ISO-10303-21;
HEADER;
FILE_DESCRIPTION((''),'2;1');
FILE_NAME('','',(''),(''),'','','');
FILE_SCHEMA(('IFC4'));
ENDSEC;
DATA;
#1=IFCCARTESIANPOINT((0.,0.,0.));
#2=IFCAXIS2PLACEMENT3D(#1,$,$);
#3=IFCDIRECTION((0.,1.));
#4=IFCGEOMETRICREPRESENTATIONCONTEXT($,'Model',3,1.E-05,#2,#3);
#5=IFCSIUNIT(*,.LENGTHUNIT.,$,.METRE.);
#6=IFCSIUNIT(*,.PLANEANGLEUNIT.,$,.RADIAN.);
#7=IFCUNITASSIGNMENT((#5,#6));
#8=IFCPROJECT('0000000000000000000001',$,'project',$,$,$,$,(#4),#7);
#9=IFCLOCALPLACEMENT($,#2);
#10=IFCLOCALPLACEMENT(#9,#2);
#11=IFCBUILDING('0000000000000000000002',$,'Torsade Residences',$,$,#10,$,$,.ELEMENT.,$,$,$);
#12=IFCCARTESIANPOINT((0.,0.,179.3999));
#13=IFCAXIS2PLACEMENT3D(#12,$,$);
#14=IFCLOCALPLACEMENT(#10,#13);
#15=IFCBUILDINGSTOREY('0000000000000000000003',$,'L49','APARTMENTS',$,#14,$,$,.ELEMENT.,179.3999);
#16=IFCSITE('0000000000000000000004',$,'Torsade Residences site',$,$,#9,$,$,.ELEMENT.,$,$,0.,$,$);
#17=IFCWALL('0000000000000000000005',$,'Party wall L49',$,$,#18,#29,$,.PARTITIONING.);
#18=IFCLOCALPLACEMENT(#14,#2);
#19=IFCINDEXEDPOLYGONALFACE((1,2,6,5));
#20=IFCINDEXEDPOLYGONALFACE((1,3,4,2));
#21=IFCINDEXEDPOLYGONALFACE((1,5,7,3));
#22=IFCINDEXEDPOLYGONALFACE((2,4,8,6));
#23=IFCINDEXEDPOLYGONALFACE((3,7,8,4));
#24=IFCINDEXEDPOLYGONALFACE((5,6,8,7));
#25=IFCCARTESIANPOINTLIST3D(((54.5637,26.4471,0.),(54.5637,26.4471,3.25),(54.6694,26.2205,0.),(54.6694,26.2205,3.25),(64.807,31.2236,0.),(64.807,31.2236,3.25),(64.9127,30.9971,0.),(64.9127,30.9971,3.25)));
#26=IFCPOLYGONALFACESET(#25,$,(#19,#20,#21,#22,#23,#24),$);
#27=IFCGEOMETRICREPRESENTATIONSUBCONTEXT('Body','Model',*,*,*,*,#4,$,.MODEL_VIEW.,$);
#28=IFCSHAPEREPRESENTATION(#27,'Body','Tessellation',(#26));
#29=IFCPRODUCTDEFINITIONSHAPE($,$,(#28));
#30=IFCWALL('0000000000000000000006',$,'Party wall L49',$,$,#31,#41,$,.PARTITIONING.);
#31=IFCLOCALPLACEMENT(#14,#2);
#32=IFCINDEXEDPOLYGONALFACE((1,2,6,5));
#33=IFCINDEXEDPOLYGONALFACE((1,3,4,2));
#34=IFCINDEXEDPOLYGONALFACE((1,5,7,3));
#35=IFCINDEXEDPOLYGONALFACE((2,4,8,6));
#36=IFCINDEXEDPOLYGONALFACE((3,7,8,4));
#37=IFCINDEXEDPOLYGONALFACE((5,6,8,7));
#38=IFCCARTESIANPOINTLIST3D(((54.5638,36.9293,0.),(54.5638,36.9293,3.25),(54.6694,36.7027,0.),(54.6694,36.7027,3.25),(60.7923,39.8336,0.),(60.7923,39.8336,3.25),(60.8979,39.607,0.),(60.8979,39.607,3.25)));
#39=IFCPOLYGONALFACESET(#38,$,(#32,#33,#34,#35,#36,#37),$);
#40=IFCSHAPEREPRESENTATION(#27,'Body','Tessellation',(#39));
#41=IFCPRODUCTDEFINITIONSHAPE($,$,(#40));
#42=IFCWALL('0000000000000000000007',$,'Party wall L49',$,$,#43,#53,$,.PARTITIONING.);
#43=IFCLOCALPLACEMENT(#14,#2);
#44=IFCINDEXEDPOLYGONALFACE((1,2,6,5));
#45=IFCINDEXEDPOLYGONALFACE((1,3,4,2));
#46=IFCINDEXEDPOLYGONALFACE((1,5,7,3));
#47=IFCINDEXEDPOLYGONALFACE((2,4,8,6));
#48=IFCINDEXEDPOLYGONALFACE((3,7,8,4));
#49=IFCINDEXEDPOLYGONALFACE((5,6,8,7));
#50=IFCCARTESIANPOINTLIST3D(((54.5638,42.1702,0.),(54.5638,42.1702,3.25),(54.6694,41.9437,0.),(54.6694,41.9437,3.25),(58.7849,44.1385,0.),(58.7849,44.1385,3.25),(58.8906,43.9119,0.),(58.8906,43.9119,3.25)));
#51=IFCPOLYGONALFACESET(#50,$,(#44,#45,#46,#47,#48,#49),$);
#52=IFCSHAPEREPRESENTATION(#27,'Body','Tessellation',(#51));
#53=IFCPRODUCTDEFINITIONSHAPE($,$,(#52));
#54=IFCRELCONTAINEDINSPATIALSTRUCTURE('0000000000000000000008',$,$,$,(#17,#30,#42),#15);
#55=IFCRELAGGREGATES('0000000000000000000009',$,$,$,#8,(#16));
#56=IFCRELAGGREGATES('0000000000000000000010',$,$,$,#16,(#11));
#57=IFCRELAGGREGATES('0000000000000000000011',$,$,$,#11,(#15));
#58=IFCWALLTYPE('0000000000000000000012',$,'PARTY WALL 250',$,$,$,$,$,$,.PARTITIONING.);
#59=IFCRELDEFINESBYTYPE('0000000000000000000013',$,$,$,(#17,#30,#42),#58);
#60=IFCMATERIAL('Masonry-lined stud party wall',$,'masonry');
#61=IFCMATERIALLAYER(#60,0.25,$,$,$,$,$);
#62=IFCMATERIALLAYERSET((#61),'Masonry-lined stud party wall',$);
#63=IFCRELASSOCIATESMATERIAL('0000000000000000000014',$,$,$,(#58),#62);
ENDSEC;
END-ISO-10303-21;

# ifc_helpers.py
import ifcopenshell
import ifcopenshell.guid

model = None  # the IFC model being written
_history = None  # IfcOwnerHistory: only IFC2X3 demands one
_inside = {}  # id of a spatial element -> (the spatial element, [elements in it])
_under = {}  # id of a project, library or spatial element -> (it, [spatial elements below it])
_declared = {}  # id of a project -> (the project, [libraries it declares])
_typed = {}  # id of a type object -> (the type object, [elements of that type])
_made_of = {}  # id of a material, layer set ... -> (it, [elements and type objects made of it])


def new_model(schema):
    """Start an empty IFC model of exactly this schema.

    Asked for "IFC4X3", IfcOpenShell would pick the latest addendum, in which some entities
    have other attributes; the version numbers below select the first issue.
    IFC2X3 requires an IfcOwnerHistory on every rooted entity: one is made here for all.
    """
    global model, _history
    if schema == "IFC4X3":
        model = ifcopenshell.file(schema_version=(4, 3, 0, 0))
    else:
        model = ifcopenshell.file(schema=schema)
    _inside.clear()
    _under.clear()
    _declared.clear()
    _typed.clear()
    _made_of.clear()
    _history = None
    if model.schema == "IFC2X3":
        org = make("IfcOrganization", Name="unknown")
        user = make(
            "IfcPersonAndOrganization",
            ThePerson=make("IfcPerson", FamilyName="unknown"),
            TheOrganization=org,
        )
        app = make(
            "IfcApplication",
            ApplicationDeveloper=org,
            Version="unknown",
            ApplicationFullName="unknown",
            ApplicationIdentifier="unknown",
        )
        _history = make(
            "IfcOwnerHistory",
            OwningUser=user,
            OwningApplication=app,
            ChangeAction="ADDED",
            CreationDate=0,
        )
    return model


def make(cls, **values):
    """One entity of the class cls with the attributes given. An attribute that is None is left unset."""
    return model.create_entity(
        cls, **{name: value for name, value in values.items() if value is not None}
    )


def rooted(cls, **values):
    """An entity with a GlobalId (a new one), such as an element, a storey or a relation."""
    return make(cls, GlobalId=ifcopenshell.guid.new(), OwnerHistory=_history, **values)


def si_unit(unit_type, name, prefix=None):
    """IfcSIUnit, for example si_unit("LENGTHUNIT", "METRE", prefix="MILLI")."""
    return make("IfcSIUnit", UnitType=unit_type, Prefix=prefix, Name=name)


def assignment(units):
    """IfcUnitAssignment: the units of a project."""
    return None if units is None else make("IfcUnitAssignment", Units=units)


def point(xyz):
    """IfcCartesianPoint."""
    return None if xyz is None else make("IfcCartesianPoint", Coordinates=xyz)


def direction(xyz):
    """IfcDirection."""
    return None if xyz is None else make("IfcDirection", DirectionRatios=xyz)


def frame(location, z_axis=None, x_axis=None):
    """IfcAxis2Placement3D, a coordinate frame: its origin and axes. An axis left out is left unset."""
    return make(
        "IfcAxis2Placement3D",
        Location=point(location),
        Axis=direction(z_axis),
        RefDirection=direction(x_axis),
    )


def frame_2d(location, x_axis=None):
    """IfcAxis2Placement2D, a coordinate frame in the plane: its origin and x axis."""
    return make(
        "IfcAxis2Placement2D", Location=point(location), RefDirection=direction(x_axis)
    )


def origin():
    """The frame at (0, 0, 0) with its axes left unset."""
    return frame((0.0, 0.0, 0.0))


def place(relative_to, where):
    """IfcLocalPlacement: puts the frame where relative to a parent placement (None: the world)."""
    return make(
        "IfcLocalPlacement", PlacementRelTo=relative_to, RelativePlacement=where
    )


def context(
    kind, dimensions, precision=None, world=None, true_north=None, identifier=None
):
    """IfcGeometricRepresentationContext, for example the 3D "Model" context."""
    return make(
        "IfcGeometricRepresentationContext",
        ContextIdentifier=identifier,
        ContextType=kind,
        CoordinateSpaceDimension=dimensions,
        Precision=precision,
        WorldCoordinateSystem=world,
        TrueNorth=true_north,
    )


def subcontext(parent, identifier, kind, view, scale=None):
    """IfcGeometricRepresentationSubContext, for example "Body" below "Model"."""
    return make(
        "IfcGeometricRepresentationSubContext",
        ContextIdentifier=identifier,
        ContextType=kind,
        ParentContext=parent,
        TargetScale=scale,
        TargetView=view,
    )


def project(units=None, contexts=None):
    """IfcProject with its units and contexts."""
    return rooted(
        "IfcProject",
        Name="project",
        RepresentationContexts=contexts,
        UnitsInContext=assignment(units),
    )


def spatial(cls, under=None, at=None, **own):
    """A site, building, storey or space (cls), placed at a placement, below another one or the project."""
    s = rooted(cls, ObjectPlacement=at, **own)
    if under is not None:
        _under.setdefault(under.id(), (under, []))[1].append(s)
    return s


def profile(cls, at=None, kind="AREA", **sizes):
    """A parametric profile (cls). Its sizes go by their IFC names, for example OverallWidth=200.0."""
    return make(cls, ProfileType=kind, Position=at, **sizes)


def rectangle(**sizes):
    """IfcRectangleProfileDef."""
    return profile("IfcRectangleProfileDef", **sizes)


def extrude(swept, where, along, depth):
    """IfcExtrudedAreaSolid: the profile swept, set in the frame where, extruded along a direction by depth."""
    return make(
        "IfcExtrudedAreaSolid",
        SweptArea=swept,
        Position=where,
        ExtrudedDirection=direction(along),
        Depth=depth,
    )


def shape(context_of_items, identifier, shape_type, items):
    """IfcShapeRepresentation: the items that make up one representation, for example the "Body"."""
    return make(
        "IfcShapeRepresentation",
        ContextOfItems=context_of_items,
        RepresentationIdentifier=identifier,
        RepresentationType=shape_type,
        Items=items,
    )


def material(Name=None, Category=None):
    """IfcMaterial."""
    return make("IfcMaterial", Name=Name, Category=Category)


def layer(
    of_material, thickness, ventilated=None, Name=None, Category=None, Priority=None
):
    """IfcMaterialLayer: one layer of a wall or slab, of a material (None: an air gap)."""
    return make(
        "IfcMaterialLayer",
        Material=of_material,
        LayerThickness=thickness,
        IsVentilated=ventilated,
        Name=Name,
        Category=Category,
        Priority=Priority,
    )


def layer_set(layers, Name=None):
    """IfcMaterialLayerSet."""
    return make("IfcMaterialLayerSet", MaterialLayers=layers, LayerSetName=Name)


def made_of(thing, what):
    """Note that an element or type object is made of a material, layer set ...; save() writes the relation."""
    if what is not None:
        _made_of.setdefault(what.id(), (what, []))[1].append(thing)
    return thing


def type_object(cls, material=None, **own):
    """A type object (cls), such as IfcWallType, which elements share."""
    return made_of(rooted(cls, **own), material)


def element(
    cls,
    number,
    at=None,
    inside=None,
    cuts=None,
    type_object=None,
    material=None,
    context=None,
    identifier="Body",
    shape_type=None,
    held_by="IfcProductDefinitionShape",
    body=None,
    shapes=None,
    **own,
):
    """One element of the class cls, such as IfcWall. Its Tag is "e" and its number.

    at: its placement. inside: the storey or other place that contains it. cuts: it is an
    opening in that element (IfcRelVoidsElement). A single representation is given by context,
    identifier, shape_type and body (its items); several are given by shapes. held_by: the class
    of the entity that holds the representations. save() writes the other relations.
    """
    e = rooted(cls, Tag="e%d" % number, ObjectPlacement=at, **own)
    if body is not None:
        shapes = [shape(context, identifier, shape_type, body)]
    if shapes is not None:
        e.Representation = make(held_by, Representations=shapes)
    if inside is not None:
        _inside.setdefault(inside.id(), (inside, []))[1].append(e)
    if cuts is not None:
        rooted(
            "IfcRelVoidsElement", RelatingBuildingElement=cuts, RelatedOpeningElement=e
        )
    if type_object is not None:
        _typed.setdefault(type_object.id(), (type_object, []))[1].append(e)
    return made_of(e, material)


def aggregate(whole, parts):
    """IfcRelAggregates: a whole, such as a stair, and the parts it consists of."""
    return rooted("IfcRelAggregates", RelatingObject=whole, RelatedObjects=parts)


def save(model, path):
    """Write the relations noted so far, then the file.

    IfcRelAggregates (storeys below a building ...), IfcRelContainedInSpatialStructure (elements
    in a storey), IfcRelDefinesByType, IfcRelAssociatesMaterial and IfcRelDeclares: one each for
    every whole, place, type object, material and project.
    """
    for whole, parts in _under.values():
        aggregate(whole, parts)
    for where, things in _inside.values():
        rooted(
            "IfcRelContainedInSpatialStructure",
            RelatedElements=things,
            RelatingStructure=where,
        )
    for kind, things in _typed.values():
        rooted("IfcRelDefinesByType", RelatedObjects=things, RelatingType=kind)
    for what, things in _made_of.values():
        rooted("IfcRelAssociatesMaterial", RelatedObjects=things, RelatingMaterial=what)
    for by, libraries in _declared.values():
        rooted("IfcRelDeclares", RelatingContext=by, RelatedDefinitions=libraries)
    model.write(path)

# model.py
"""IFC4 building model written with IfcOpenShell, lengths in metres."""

from ifc_helpers import new_model, si_unit, direction, frame, frame_2d, origin, place, context, subcontext, project, spatial, rectangle, extrude, material, layer, layer_set, type_object, element, save


model = new_model("IFC4")

# Units and contexts
model_context = context("Model", 3, precision=1e-05, world=origin(), true_north=direction((0.0, 1.0)))
body_context = subcontext(model_context, "Body", "Model", "MODEL_VIEW")
ifc_project = project(units=[si_unit("LENGTHUNIT", "METRE"), si_unit("PLANEANGLEUNIT", "RADIAN")], contexts=[model_context])

# Site, building, storey
site_placement = place(None, origin())
site = spatial("IfcSite", under=ifc_project, at=site_placement, Name="Torsade Residences site", CompositionType="ELEMENT", RefElevation=0.0)
building_placement = place(site_placement, origin())
building = spatial("IfcBuilding", under=site, at=building_placement, Name="Torsade Residences", CompositionType="ELEMENT")
storey_placement = place(building_placement, frame((0.0, 0.0, 179.3999)))
storey = spatial("IfcBuildingStorey", under=building, at=storey_placement, Name="L49", Description="APARTMENTS", CompositionType="ELEMENT", Elevation=179.3999)

# Walls
ifc_material_1 = material(Name="Masonry-lined stud party wall", Category="masonry")
ifc_layer_1 = layer(ifc_material_1, 0.25)
ifc_layer_set_1 = layer_set([ifc_layer_1], Name="Masonry-lined stud party wall")
wall_type_1 = type_object("IfcWallType", Name="PARTY WALL 250", PredefinedType="PARTITIONING", material=ifc_layer_set_1)
wall_1_placement = place(storey_placement, frame((64.8599, 31.1104, 0.0), z_axis=(0.0, 0.0, 1.0), x_axis=(-0.906307, -0.422621, 0.0)))
element("IfcWall", 1, at=wall_1_placement, inside=storey, type_object=wall_type_1, Name="Party wall L49", PredefinedType="PARTITIONING", context=body_context, shape_type="SweptSolid", body=[
    extrude(rectangle(XDim=11.3022, YDim=0.25, at=frame_2d((5.6511, 0.0))), origin(), (0.0, 0.0, 1.0), 3.25),
])
wall_2_placement = place(storey_placement, frame((60.845, 39.7202, 0.0), z_axis=(0.0, 0.0, 1.0), x_axis=(-0.906314, -0.422605, 0.0)))
element("IfcWall", 2, at=wall_2_placement, inside=storey, type_object=wall_type_1, Name="Party wall L49", PredefinedType="PARTITIONING", context=body_context, shape_type="SweptSolid", body=[
    extrude(rectangle(XDim=6.8723, YDim=0.25, at=frame_2d((3.436, 0.0))), origin(), (0.0, 0.0, 1.0), 3.25),
])
wall_3_placement = place(storey_placement, frame((58.8376, 44.0251, 0.0), z_axis=(0.0, 0.0, 1.0), x_axis=(-0.906317, -0.422598, 0.0)))
element("IfcWall", 3, at=wall_3_placement, inside=storey, type_object=wall_type_1, Name="Party wall L49", PredefinedType="PARTITIONING", context=body_context, shape_type="SweptSolid", body=[
    extrude(rectangle(XDim=4.6575, YDim=0.25, at=frame_2d((2.3286, 0.0))), origin(), (0.0, 0.0, 1.0), 3.25),
])

save(model, "model.ifc")
